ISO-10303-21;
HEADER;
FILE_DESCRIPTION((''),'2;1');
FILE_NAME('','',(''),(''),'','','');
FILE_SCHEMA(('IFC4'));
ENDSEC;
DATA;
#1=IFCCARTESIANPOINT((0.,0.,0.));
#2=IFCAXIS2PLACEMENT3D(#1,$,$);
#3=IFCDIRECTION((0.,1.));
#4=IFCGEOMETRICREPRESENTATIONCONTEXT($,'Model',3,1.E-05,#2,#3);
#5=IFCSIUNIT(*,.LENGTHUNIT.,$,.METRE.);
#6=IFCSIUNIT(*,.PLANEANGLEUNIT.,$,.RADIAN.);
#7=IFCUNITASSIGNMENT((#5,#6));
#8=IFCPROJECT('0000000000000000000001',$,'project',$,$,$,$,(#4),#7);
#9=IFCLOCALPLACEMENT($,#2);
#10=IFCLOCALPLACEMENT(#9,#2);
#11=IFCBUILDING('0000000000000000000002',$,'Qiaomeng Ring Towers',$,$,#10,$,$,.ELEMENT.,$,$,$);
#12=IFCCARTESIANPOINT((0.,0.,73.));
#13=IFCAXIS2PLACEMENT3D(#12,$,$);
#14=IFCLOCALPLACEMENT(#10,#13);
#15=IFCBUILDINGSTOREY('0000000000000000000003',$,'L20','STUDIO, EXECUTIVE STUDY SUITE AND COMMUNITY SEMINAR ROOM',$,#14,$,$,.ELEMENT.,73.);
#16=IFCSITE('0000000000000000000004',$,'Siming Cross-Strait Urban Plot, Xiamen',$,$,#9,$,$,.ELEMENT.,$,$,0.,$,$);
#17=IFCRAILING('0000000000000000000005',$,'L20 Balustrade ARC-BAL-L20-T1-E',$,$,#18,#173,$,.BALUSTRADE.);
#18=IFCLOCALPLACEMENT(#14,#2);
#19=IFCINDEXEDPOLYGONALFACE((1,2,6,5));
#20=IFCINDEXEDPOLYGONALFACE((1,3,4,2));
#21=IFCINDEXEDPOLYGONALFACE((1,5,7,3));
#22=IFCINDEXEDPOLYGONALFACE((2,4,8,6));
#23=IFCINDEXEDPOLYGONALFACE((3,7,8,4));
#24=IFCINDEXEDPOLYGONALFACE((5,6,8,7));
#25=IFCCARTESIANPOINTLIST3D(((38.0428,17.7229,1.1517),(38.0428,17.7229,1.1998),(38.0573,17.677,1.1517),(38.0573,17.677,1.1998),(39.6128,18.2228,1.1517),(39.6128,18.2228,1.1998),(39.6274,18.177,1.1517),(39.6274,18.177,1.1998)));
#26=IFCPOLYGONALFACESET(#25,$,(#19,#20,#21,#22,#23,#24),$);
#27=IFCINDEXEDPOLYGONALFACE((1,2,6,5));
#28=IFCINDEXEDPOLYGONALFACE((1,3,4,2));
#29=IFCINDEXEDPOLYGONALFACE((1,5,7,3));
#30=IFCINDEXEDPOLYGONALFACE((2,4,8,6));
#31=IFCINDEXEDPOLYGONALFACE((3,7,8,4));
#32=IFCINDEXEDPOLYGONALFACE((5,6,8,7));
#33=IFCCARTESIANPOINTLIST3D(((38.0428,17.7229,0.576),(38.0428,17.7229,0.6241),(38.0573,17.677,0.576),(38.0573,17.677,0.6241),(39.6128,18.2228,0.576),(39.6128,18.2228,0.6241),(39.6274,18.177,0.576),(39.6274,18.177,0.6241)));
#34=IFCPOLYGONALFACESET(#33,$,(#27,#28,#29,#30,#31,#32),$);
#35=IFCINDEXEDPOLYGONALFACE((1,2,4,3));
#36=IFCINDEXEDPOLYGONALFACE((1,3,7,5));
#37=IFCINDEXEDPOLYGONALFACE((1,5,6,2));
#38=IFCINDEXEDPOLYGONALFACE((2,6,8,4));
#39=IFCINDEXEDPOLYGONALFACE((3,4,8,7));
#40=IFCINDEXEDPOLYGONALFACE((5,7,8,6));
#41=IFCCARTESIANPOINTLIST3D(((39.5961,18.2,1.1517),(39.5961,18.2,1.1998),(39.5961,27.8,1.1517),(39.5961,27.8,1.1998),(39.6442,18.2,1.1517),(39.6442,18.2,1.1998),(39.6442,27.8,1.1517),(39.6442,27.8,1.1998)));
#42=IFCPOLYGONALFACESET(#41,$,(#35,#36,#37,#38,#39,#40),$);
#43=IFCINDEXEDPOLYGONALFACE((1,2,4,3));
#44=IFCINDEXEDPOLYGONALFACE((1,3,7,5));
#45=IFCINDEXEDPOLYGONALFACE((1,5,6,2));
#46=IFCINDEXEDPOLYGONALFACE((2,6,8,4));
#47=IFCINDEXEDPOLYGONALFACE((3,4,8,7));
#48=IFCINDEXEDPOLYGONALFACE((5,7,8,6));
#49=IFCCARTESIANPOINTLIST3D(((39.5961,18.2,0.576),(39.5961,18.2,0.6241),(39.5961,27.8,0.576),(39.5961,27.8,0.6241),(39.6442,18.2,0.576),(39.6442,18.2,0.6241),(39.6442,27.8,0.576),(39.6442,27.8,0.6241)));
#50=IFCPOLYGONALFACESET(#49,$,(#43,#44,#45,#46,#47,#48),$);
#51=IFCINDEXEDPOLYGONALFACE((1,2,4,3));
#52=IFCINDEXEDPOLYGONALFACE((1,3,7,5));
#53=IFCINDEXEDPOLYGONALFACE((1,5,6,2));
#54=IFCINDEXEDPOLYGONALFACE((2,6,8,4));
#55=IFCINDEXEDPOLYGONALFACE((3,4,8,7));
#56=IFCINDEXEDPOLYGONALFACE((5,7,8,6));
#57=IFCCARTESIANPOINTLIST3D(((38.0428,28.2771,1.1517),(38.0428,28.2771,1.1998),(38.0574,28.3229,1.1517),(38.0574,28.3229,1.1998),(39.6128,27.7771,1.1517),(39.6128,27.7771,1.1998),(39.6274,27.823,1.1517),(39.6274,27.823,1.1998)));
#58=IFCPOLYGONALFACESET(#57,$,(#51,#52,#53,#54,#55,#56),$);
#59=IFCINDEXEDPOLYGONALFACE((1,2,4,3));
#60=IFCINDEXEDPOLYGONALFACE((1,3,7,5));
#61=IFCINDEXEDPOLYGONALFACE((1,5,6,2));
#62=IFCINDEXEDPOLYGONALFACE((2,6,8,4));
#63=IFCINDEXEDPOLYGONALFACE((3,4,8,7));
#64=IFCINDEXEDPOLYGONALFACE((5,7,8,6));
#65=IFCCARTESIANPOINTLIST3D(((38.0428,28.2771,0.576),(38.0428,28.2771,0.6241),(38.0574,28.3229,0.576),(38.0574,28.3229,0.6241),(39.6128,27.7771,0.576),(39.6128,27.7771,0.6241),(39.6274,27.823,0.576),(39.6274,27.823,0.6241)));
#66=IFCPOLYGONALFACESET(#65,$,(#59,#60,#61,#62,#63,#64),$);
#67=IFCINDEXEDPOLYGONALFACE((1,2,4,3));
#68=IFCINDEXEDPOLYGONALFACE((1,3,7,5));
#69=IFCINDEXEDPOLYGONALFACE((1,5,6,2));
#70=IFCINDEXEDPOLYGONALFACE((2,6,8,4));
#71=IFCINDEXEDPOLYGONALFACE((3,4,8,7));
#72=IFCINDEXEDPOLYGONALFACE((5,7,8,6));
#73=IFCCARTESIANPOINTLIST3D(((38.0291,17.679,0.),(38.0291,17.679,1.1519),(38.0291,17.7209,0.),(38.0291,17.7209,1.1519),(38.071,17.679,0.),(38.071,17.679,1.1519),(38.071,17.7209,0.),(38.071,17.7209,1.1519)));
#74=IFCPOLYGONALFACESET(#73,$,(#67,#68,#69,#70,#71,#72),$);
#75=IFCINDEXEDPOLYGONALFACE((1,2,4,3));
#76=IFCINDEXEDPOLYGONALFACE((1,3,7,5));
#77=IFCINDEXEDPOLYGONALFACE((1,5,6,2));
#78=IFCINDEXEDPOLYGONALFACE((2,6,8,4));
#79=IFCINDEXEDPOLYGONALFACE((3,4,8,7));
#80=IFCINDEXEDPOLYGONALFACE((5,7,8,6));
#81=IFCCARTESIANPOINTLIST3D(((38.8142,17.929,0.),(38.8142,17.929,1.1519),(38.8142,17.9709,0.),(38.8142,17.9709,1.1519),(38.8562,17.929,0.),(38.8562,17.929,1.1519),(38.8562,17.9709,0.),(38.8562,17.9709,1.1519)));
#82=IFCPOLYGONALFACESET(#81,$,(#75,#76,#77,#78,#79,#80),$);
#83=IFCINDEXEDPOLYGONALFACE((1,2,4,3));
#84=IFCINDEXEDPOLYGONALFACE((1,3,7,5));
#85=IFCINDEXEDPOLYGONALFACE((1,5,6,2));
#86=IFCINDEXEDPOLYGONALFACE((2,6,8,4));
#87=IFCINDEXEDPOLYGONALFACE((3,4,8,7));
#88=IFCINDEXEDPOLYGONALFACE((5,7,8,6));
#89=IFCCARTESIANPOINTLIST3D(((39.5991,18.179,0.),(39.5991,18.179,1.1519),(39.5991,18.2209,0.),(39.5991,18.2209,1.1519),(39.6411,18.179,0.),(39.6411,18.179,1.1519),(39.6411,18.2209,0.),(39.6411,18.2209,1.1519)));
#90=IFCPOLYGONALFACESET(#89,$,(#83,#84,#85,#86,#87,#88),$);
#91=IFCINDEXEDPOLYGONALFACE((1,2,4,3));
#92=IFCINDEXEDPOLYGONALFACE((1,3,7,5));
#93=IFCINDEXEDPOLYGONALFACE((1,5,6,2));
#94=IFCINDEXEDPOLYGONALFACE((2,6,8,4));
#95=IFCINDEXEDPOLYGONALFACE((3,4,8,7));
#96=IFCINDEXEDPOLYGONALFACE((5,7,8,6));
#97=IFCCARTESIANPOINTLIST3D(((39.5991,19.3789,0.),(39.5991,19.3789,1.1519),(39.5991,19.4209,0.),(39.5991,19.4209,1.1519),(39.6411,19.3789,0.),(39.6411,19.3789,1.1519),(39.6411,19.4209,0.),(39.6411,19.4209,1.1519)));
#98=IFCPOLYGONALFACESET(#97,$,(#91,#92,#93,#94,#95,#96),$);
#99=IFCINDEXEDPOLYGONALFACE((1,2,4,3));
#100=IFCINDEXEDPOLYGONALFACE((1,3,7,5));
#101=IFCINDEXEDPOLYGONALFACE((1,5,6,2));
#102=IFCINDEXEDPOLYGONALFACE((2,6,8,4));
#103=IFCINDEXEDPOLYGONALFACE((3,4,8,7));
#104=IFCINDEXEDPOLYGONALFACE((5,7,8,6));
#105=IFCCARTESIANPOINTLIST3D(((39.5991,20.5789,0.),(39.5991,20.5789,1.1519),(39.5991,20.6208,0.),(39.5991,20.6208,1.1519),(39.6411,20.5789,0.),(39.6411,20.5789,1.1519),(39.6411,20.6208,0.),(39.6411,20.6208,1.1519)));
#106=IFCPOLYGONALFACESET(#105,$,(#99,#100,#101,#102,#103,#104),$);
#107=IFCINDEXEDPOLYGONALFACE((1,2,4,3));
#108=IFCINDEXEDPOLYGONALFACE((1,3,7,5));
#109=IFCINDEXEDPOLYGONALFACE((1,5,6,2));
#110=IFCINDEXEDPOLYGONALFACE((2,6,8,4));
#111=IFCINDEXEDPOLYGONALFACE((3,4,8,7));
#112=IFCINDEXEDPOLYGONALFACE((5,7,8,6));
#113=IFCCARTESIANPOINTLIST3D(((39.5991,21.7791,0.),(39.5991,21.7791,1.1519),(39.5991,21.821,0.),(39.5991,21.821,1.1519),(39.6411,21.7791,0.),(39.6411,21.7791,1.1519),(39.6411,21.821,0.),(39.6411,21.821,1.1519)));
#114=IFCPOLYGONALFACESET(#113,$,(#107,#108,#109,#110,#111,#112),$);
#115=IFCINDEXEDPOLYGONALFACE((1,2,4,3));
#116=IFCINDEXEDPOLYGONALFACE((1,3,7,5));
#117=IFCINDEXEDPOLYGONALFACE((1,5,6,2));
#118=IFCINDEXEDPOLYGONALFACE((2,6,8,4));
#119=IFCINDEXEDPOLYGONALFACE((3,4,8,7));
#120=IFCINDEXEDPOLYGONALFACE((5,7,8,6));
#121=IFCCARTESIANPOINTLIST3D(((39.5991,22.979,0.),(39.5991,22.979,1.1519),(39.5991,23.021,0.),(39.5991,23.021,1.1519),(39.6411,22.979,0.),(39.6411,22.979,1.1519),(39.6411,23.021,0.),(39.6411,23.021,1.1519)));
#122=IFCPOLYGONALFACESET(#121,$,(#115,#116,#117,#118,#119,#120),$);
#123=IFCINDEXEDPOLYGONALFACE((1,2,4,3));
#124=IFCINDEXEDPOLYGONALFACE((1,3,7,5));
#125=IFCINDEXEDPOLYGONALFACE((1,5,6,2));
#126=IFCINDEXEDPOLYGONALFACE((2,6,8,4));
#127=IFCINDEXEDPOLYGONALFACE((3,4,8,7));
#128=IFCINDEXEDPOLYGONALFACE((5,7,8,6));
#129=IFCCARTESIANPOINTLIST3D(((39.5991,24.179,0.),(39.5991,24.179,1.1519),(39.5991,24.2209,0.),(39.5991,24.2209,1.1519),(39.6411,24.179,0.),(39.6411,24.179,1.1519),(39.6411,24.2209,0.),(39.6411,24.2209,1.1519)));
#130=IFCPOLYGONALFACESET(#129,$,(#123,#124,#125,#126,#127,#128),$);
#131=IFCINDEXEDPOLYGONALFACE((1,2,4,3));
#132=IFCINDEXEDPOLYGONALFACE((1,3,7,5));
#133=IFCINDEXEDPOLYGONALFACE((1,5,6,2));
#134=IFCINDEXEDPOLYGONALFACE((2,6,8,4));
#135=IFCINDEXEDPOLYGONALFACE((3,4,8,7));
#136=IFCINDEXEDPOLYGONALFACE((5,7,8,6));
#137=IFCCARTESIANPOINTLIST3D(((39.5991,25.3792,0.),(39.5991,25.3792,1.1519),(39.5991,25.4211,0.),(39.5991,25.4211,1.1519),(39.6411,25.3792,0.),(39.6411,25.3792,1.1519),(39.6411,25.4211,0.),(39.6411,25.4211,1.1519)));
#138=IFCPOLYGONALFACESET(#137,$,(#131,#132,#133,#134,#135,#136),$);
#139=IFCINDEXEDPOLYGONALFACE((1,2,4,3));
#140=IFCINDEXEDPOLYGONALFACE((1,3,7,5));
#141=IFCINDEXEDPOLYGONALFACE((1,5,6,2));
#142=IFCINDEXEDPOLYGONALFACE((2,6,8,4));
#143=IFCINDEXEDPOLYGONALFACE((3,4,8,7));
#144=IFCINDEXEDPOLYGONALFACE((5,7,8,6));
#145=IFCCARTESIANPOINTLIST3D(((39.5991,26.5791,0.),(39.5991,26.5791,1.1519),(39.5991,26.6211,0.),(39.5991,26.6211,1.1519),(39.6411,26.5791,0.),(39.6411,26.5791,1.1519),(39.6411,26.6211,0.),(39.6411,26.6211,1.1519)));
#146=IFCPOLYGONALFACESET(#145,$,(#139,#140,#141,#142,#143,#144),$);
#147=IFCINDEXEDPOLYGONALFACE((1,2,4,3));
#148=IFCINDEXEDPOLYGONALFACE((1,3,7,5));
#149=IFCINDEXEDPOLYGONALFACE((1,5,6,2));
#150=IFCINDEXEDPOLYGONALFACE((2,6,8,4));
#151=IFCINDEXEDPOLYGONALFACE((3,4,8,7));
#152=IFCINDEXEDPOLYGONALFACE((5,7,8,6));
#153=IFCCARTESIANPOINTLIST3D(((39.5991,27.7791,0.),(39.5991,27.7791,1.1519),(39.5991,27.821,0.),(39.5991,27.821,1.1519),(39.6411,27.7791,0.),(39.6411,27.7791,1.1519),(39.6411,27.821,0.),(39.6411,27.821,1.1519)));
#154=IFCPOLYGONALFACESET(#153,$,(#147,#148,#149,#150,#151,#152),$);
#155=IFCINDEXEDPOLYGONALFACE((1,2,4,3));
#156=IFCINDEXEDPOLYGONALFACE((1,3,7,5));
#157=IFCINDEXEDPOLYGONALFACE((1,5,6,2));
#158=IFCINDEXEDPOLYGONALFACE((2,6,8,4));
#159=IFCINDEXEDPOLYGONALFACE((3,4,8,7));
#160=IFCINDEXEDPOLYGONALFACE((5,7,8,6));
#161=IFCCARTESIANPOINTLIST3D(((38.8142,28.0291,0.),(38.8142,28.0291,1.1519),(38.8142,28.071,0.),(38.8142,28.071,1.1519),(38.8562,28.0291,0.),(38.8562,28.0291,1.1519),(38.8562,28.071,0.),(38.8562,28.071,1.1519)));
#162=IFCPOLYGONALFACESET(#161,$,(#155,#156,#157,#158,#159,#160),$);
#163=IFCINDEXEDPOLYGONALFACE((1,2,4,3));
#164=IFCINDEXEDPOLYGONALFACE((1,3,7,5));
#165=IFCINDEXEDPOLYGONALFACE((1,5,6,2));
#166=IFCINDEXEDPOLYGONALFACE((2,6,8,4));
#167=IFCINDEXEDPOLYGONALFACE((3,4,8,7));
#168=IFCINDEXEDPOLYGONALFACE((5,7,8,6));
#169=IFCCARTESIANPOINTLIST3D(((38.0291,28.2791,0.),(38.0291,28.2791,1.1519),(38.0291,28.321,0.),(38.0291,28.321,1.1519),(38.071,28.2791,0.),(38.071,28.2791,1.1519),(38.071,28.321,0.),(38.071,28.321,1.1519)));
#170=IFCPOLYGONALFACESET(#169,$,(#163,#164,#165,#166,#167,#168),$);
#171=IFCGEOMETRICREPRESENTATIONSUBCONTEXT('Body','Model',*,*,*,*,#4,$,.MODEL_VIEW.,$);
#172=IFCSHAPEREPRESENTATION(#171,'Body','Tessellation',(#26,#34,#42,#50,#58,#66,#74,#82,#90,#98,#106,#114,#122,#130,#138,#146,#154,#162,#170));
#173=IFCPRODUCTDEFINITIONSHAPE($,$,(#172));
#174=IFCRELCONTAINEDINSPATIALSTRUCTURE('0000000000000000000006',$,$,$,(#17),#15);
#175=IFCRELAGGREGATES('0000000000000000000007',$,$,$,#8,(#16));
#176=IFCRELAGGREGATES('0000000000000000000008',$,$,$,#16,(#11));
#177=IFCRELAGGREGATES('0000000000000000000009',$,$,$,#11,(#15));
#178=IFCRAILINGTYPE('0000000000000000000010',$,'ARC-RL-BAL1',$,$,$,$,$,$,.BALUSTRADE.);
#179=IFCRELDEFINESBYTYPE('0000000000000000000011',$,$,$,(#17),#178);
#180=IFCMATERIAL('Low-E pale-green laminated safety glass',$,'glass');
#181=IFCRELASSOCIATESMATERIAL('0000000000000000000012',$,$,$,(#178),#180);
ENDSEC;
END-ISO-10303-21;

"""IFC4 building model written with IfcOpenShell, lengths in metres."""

from ifc_helpers import new_model, si_unit, direction, frame, origin, origin_2d, place, context, subcontext, project, spatial, rectangle, extrude, material, type_object, element, save


model = new_model("IFC4")

# Units and contexts
model_context = context("Model", 3, precision=1e-05, world=origin(), true_north=direction((0.0, 1.0)))
body_context = subcontext(model_context, "Body", "Model", "MODEL_VIEW")
ifc_project = project(units=[si_unit("LENGTHUNIT", "METRE"), si_unit("PLANEANGLEUNIT", "RADIAN")], contexts=[model_context])

# Site, building, storey
site_placement = place(None, origin())
site = spatial("IfcSite", under=ifc_project, at=site_placement, Name="Siming Cross-Strait Urban Plot, Xiamen", CompositionType="ELEMENT", RefElevation=0.0)
building_placement = place(site_placement, origin())
building = spatial("IfcBuilding", under=site, at=building_placement, Name="Qiaomeng Ring Towers", CompositionType="ELEMENT")
storey_placement = place(building_placement, frame((0.0, 0.0, 73.0)))
storey = spatial("IfcBuildingStorey", under=building, at=storey_placement, Name="L20", Description="STUDIO, EXECUTIVE STUDY SUITE AND COMMUNITY SEMINAR ROOM", CompositionType="ELEMENT", Elevation=73.0)

# Railing
ifc_material_1 = material(Name="Low-E pale-green laminated safety glass", Category="glass")
railing_type = type_object("IfcRailingType", Name="ARC-RL-BAL1", PredefinedType="BALUSTRADE", material=ifc_material_1)
railing_1_placement = place(storey_placement, frame((38.05, 17.7, 0.0)))
element("IfcRailing", 1, at=railing_1_placement, inside=storey, type_object=railing_type, Name="L20 Balustrade ARC-BAL-L20-T1-E", PredefinedType="BALUSTRADE", context=body_context, shape_type="SweptSolid", body=[
    extrude(rectangle(XDim=0.0481, YDim=0.0481, at=origin_2d()), frame((0.0, 0.0, 1.1758), z_axis=(0.95285, 0.303442, 0.0), x_axis=(-0.303442, 0.95285, 0.0)), (0.0, 0.0, 1.0), 1.6477),
    extrude(rectangle(XDim=0.0481, YDim=0.0481, at=origin_2d()), frame((0.0, 0.0, 0.6001), z_axis=(0.95285, 0.303442, 0.0), x_axis=(-0.303442, 0.95285, 0.0)), (0.0, 0.0, 1.0), 1.6477),
    extrude(rectangle(XDim=0.0481, YDim=0.0481, at=origin_2d()), frame((1.5701, 0.5, 1.1758), z_axis=(0.0, 1.0, 0.0), x_axis=(-1.0, 0.0, 0.0)), (0.0, 0.0, 1.0), 9.6001),
    extrude(rectangle(XDim=0.0481, YDim=0.0481, at=origin_2d()), frame((1.5701, 0.5, 0.6001), z_axis=(0.0, 1.0, 0.0), x_axis=(-1.0, 0.0, 0.0)), (0.0, 0.0, 1.0), 9.6001),
    extrude(rectangle(XDim=0.0481, YDim=0.0481, at=origin_2d()), frame((1.5701, 10.1001, 1.1758), z_axis=(-0.95285, 0.303442, 0.0), x_axis=(-0.303442, -0.95285, 0.0)), (0.0, 0.0, 1.0), 1.6477),
    extrude(rectangle(XDim=0.0481, YDim=0.0481, at=origin_2d()), frame((1.5701, 10.1001, 0.6001), z_axis=(-0.95285, 0.303442, 0.0), x_axis=(-0.303442, -0.95285, 0.0)), (0.0, 0.0, 1.0), 1.6477),
    extrude(rectangle(XDim=0.042, YDim=0.042, at=origin_2d()), origin(), (0.0, 0.0, 1.0), 1.1519),
    extrude(rectangle(XDim=0.042, YDim=0.042, at=origin_2d()), frame((0.7852, 0.25, 0.0)), (0.0, 0.0, 1.0), 1.1519),
    extrude(rectangle(XDim=0.042, YDim=0.042, at=origin_2d()), frame((1.5701, 0.5, 0.0)), (0.0, 0.0, 1.0), 1.1519),
    extrude(rectangle(XDim=0.042, YDim=0.042, at=origin_2d()), frame((1.5701, 1.7, 0.0)), (0.0, 0.0, 1.0), 1.1519),
    extrude(rectangle(XDim=0.042, YDim=0.042, at=origin_2d()), frame((1.5701, 2.8999, 0.0)), (0.0, 0.0, 1.0), 1.1519),
    extrude(rectangle(XDim=0.042, YDim=0.042, at=origin_2d()), frame((1.5701, 4.1001, 0.0)), (0.0, 0.0, 1.0), 1.1519),
    extrude(rectangle(XDim=0.042, YDim=0.042, at=origin_2d()), frame((1.5701, 5.3, 0.0)), (0.0, 0.0, 1.0), 1.1519),
    extrude(rectangle(XDim=0.042, YDim=0.042, at=origin_2d()), frame((1.5701, 6.5, 0.0)), (0.0, 0.0, 1.0), 1.1519),
    extrude(rectangle(XDim=0.042, YDim=0.042, at=origin_2d()), frame((1.5701, 7.7002, 0.0)), (0.0, 0.0, 1.0), 1.1519),
    extrude(rectangle(XDim=0.042, YDim=0.042, at=origin_2d()), frame((1.5701, 8.9001, 0.0)), (0.0, 0.0, 1.0), 1.1519),
    extrude(rectangle(XDim=0.042, YDim=0.042, at=origin_2d()), frame((1.5701, 10.1001, 0.0)), (0.0, 0.0, 1.0), 1.1519),
    extrude(rectangle(XDim=0.042, YDim=0.042, at=origin_2d()), frame((0.7852, 10.3501, 0.0)), (0.0, 0.0, 1.0), 1.1519),
    extrude(rectangle(XDim=0.042, YDim=0.042, at=origin_2d()), frame((0.0, 10.6001, 0.0)), (0.0, 0.0, 1.0), 1.1519),
])

save(model, "model.ifc")
